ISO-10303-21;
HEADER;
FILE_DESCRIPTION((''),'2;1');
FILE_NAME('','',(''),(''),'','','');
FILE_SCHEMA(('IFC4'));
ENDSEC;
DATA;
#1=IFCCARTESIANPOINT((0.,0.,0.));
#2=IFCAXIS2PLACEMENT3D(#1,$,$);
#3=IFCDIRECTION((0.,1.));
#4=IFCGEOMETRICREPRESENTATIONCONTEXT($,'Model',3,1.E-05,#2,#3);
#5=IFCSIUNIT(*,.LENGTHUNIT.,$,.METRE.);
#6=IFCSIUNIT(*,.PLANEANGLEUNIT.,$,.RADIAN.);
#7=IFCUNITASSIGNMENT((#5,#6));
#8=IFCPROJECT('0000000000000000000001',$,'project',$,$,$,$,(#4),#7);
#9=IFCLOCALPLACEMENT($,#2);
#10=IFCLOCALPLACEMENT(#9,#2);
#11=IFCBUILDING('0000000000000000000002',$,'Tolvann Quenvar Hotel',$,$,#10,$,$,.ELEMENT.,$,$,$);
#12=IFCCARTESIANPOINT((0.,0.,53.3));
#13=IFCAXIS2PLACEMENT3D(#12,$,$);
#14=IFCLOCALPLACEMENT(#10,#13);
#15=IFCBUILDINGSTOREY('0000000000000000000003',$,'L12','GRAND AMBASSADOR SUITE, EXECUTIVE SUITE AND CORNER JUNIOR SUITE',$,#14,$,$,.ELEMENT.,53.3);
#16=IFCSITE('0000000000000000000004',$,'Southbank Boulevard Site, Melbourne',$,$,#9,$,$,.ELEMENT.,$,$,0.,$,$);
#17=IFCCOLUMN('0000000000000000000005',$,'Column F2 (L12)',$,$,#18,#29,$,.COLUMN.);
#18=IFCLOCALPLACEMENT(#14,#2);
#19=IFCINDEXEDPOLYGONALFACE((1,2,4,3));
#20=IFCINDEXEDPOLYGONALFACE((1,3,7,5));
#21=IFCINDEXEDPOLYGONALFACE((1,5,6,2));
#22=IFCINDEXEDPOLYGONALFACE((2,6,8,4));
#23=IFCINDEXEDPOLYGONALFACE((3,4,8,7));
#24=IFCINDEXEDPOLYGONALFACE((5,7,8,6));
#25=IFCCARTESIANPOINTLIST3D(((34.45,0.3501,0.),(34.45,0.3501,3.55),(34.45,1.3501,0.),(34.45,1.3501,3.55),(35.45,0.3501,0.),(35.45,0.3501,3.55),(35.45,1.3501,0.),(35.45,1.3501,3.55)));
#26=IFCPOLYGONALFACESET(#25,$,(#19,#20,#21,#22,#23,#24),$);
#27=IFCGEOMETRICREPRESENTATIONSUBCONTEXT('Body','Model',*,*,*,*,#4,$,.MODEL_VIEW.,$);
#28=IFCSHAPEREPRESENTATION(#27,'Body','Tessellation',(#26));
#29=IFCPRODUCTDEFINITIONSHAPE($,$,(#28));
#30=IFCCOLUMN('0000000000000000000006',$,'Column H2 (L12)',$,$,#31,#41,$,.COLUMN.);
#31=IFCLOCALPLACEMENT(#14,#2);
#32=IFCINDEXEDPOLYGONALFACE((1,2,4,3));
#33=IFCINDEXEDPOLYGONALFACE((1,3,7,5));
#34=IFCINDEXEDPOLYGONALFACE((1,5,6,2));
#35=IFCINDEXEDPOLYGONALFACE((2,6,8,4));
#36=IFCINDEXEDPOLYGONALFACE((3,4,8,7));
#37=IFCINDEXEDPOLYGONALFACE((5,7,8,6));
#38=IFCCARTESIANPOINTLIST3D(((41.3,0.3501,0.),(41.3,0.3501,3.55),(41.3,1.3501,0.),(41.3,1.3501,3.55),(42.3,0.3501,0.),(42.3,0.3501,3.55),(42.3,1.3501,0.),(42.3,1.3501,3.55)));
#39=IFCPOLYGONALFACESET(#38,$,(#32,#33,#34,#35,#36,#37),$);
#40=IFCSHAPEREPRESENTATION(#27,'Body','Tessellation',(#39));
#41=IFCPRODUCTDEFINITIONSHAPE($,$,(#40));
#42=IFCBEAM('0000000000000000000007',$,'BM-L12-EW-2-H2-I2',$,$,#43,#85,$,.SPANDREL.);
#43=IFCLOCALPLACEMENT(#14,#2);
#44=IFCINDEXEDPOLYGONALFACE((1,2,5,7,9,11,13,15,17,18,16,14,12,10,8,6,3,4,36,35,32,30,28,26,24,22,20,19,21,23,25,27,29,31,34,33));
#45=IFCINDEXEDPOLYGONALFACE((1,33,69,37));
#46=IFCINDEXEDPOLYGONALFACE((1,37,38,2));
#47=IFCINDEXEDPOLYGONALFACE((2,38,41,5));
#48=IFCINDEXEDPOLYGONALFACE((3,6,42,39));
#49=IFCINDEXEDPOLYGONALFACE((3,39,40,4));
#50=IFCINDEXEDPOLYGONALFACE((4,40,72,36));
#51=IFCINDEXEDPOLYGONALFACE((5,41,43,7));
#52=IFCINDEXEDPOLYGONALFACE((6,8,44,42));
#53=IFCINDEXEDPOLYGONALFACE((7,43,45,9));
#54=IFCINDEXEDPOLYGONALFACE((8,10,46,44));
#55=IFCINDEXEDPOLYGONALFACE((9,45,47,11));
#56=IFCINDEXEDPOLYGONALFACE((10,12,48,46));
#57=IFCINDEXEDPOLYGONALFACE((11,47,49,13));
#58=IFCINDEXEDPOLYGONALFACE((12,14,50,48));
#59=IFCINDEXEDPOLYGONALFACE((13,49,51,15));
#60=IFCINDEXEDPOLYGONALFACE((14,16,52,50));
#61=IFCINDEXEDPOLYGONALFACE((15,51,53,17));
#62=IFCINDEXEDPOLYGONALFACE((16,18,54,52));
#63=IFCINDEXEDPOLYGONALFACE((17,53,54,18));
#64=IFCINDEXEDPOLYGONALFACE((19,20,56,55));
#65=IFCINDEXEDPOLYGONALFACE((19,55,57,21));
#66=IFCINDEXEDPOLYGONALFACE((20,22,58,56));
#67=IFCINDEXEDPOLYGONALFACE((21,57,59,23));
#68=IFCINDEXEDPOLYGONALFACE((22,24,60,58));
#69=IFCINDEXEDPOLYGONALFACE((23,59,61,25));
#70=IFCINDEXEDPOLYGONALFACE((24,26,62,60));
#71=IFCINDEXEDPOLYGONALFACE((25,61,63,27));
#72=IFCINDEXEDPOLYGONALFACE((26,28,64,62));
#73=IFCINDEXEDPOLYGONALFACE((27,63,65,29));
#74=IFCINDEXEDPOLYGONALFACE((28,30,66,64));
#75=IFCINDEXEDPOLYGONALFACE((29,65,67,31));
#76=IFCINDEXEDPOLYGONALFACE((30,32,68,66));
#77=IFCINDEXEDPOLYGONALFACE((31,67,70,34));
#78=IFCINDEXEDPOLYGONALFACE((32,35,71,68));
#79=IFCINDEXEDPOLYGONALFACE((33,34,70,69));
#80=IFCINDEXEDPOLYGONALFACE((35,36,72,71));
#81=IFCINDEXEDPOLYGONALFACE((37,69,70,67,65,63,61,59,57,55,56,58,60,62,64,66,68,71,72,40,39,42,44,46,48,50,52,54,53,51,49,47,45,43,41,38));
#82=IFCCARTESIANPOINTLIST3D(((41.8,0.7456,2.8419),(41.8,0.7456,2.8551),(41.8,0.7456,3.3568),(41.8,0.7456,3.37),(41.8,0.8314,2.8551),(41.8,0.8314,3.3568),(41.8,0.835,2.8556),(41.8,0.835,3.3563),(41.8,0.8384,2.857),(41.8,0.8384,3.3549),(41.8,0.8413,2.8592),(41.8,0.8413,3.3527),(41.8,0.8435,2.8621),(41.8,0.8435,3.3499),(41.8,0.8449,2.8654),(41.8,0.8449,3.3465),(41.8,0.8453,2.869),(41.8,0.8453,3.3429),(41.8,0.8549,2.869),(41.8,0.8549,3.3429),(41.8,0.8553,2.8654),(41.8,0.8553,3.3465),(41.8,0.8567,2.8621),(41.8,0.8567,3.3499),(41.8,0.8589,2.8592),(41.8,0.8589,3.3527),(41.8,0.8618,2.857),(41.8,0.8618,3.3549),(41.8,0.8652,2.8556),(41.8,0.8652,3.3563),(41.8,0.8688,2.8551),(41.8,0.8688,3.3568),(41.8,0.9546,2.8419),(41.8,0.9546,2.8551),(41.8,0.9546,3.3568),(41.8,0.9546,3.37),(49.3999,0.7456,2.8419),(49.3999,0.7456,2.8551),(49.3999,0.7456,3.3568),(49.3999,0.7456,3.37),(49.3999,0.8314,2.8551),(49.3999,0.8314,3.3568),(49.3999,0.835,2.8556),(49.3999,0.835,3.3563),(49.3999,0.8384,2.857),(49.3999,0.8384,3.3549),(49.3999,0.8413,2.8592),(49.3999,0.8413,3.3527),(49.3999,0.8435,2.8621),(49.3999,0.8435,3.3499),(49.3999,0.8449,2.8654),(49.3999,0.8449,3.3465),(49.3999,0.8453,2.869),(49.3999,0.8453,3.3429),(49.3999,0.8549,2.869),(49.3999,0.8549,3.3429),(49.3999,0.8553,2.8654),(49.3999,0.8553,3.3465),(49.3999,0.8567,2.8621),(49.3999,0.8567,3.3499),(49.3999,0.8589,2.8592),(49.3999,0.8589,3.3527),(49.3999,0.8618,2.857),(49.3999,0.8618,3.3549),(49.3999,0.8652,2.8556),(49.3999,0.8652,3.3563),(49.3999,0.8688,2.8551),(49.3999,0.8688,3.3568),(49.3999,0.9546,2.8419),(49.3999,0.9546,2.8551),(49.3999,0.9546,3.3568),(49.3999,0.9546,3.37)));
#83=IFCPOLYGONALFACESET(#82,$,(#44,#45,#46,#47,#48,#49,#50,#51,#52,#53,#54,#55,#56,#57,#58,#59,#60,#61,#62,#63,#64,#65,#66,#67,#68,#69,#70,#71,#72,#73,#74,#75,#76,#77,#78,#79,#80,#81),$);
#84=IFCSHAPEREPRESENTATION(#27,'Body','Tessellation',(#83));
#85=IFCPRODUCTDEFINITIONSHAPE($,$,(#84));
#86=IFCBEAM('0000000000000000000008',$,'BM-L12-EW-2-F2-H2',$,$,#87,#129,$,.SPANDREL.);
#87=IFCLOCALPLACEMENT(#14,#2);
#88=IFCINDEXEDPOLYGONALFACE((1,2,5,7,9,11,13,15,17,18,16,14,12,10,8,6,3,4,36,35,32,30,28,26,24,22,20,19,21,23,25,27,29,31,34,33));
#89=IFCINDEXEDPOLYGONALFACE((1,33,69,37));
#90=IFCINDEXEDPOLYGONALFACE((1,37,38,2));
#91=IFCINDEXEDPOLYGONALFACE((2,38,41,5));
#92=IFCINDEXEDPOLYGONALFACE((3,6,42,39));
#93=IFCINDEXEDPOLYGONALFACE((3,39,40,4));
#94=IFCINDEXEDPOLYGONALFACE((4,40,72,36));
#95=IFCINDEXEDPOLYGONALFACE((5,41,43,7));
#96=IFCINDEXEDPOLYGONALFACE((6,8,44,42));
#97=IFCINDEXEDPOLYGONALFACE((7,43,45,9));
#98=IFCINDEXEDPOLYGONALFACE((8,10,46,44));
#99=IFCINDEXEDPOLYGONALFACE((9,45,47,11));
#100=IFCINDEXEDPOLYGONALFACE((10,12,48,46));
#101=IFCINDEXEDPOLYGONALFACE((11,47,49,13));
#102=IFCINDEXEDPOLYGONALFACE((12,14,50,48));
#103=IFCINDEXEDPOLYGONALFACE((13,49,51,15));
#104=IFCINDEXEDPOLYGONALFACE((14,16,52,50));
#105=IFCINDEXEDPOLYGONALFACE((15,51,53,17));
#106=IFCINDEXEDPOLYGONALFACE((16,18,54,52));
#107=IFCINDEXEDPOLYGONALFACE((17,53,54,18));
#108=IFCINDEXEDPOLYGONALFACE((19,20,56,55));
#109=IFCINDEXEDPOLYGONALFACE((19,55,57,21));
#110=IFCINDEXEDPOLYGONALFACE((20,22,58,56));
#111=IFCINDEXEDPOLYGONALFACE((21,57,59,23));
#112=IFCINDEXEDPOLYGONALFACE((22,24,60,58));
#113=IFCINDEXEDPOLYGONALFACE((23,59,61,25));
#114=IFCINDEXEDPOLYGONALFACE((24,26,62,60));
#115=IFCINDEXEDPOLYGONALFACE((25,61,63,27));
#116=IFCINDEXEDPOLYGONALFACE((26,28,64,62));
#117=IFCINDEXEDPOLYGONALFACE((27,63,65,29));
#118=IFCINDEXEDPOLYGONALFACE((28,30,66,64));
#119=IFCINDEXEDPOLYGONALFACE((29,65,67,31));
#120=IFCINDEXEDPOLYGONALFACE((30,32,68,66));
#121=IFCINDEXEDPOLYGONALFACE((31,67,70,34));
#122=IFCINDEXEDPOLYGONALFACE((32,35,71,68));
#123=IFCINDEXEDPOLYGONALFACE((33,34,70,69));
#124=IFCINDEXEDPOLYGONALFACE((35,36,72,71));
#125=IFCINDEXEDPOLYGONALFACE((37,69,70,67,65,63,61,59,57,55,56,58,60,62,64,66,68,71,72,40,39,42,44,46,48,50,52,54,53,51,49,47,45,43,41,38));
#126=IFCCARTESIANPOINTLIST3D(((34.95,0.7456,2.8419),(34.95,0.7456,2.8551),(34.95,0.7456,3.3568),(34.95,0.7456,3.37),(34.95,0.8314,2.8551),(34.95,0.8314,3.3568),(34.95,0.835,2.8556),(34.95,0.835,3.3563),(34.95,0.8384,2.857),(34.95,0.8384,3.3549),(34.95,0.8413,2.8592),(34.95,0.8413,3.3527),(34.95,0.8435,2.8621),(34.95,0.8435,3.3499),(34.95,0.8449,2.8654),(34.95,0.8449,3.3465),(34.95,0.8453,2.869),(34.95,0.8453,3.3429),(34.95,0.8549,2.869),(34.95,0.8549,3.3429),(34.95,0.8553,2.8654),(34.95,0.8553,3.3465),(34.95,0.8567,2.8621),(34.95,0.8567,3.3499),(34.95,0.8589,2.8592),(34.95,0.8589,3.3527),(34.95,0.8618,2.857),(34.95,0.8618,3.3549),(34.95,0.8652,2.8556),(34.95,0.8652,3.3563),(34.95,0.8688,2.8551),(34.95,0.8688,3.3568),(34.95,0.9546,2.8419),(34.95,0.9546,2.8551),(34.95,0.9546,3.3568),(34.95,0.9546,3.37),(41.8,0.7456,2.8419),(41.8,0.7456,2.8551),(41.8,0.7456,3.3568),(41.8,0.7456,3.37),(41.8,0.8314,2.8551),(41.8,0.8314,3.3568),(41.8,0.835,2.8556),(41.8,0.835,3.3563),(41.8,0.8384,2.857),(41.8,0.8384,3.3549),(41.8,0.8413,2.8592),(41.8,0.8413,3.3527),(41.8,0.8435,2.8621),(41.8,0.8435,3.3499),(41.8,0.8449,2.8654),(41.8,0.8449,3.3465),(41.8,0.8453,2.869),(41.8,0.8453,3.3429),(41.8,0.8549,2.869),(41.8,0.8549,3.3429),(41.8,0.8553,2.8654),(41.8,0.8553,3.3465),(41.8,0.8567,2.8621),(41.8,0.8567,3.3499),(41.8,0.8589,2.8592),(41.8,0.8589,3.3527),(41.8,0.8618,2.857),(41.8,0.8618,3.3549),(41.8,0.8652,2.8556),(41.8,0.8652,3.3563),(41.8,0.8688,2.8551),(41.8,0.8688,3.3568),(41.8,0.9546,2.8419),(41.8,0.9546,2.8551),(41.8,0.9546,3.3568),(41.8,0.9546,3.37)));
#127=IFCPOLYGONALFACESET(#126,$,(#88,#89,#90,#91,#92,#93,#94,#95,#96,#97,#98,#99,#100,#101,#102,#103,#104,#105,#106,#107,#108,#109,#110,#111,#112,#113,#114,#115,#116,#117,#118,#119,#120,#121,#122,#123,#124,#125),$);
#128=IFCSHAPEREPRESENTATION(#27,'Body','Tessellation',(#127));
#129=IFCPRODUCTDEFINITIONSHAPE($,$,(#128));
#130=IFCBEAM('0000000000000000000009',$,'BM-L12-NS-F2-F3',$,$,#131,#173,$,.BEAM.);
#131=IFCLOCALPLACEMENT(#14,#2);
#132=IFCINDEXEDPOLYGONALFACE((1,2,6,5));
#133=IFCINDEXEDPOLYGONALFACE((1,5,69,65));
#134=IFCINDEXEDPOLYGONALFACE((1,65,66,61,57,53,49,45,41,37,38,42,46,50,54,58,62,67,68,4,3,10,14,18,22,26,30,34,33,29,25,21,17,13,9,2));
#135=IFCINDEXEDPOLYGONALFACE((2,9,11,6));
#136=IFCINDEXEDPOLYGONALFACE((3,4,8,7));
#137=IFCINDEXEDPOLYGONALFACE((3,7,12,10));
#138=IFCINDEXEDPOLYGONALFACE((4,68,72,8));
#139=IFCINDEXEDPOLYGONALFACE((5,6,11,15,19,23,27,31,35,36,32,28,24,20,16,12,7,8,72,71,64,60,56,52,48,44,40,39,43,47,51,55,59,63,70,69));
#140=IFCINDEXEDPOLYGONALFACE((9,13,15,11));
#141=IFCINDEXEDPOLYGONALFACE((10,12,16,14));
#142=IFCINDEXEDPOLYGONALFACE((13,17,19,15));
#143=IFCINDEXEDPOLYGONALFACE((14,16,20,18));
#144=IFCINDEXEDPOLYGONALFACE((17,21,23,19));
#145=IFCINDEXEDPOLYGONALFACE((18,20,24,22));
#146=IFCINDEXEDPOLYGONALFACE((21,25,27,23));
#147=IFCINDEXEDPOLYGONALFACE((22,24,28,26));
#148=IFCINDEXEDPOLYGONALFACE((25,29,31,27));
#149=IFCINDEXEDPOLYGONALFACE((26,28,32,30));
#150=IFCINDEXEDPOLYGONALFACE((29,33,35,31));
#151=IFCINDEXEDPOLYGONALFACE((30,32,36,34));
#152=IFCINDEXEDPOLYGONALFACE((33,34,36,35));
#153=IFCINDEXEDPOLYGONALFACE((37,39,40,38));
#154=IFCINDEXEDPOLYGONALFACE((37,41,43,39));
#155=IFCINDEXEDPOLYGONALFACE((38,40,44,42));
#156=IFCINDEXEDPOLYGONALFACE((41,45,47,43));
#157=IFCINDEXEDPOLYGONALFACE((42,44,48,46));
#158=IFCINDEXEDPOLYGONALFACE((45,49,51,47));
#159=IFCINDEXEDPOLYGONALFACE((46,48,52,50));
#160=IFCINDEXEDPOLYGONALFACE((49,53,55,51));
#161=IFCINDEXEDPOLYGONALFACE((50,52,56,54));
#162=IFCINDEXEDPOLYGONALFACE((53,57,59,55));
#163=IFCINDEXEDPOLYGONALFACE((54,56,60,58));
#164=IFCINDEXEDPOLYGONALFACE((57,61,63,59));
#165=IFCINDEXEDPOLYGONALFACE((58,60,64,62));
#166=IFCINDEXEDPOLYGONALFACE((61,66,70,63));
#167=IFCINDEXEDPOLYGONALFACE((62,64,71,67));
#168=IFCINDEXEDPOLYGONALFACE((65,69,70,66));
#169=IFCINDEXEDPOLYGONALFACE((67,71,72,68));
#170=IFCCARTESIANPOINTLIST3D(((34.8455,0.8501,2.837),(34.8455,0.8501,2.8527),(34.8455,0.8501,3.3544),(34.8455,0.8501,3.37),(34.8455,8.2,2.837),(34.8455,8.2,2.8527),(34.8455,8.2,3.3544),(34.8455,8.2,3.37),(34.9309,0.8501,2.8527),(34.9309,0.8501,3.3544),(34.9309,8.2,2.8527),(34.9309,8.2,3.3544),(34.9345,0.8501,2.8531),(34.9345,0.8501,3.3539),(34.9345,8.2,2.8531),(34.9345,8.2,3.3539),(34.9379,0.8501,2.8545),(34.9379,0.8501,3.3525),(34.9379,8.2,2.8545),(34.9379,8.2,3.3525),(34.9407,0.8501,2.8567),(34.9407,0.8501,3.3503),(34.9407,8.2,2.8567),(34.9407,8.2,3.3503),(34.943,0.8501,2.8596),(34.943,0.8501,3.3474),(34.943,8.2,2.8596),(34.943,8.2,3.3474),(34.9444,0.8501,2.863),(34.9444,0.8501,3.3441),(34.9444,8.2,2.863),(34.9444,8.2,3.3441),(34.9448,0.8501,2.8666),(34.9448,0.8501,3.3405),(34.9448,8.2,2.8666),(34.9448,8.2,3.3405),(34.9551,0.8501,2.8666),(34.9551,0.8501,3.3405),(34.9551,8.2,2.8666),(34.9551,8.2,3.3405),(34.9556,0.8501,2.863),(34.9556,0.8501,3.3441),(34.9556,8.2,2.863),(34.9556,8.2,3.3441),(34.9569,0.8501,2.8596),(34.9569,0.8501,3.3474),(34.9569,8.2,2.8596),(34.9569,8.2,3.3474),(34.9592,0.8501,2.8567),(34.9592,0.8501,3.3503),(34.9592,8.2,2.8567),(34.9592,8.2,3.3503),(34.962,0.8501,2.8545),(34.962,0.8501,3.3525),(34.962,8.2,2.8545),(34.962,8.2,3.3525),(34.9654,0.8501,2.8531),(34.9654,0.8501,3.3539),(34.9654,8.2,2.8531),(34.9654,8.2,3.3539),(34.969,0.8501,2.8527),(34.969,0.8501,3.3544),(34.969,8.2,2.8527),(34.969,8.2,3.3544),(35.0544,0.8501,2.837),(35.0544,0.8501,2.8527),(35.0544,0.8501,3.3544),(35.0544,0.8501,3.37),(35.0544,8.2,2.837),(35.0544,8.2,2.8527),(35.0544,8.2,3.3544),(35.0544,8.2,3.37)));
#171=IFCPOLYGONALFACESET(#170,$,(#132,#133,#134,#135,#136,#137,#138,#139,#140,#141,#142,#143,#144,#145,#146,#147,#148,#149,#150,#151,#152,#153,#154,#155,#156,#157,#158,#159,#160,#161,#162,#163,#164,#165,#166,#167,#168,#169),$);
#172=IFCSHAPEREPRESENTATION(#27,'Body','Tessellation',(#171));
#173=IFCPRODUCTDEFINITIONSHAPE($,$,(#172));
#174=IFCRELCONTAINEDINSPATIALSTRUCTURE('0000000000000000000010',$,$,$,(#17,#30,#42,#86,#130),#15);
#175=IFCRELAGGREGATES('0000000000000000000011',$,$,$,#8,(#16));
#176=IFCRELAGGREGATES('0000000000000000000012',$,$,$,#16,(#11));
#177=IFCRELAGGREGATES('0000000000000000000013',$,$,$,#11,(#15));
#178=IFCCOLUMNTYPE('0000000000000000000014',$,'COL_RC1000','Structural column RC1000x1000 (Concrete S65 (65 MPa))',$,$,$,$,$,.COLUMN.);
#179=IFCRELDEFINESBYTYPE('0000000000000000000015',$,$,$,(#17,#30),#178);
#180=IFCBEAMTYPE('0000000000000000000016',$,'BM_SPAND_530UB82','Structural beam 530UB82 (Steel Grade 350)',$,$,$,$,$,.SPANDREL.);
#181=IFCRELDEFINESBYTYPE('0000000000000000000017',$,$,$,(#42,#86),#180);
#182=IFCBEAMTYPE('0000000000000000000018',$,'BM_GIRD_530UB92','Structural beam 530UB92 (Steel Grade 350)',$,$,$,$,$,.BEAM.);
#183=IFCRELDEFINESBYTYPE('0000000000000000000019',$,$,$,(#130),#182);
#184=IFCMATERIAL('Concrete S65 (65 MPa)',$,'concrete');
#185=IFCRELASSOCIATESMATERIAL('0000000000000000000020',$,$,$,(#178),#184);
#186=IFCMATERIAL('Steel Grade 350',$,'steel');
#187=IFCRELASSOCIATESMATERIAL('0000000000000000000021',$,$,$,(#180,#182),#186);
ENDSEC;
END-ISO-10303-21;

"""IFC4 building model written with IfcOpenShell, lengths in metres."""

from ifc_helpers import new_model, si_unit, direction, frame, origin, origin_2d, place, context, subcontext, project, spatial, rectangle, i_section, extrude, source, transform, mapped, material, material_profile, profile_set, type_object, type_shapes, element, save


model = new_model("IFC4")

# Units and contexts
model_context = context("Model", 3, precision=1e-05, world=origin(), true_north=direction((0.0, 1.0)))
body_context = subcontext(model_context, "Body", "Model", "MODEL_VIEW")
ifc_project = project(units=[si_unit("LENGTHUNIT", "METRE"), si_unit("PLANEANGLEUNIT", "RADIAN")], contexts=[model_context])

# Site, building, storey
site_placement = place(None, origin())
site = spatial("IfcSite", under=ifc_project, at=site_placement, Name="Southbank Boulevard Site, Melbourne", CompositionType="ELEMENT", RefElevation=0.0)
building_placement = place(site_placement, origin())
building = spatial("IfcBuilding", under=site, at=building_placement, Name="Tolvann Quenvar Hotel", CompositionType="ELEMENT")
storey_placement = place(building_placement, frame((0.0, 0.0, 53.3)))
storey = spatial("IfcBuildingStorey", under=building, at=storey_placement, Name="L12", Description="GRAND AMBASSADOR SUITE, EXECUTIVE SUITE AND CORNER JUNIOR SUITE", CompositionType="ELEMENT", Elevation=53.3)

# Columns
ifc_material_1 = material(Name="Concrete S65 (65 MPa)", Category="concrete")
ifc_material_profile_1 = material_profile(ifc_material_1, rectangle(XDim=1.0, YDim=1.0, at=origin_2d()), Name="RC1000x1000")
ifc_profile_set_1 = profile_set([ifc_material_profile_1], Name="Concrete S65 (65 MPa)")
column_type = type_object("IfcColumnType", Name="COL_RC1000", Description="Structural column RC1000x1000 (Concrete S65 (65 MPa))", PredefinedType="COLUMN", material=ifc_profile_set_1)
shared_shape_1 = source(origin(), body_context, "Body", "SweptSolid", [
    extrude(rectangle(XDim=1.0, YDim=1.0, at=origin_2d()), origin(), (0.0, 0.0, 1.0), 3.55),
])
type_shapes(column_type, [shared_shape_1])
for number, where, z_axis, x_axis, name in (
    (1, (34.95, 0.8501, 0.0), (0.0, 0.0, 1.0), (1.0, 0.0, 0.0), "Column F2 (L12)"),
    (2, (41.8, 0.8501, 0.0), (0.0, 0.0, 1.0), (1.0, 0.0, 0.0), "Column H2 (L12)"),
):
    element("IfcColumn", number, at=place(storey_placement, frame(where, z_axis=z_axis, x_axis=x_axis)), inside=storey, type_object=column_type, Name=name, PredefinedType="COLUMN", context=body_context, shape_type="MappedRepresentation", body=[
        mapped(shared_shape_1, transform((0.0, 0.0, 0.0), x_axis=(1.0, 0.0, 0.0), y_axis=(0.0, 1.0, 0.0), z_axis=(0.0, 0.0, 1.0), scale=1.0)),
    ])

# Beams
ifc_material_2 = material(Name="Steel Grade 350", Category="steel")
ifc_material_profile_2 = material_profile(ifc_material_2, i_section(OverallWidth=0.209, OverallDepth=0.5281, WebThickness=0.0095, FlangeThickness=0.0132, FilletRadius=0.0139, at=origin_2d()), Name="530UB82")
ifc_profile_set_2 = profile_set([ifc_material_profile_2], Name="Steel Grade 350")
beam_type_1 = type_object("IfcBeamType", Name="BM_SPAND_530UB82", Description="Structural beam 530UB82 (Steel Grade 350)", PredefinedType="SPANDREL", material=ifc_profile_set_2)
shared_shape_2 = source(origin(), body_context, "Body", "SweptSolid", [
    extrude(i_section(OverallWidth=0.209, OverallDepth=0.5281, WebThickness=0.0095, FlangeThickness=0.0132, FilletRadius=0.0139, at=origin_2d()), origin(), (0.0, 0.0, 1.0), 7.5999),
])
beam_1_placement = place(storey_placement, frame((41.8, 0.8501, 3.106), z_axis=(1.0, 0.0, 0.0), x_axis=(0.0, 1.0, 0.0)))
element("IfcBeam", 3, at=beam_1_placement, inside=storey, type_object=beam_type_1, Name="BM-L12-EW-2-H2-I2", PredefinedType="SPANDREL", context=body_context, shape_type="MappedRepresentation", body=[
    mapped(shared_shape_2, transform((0.0, 0.0, 0.0), x_axis=(1.0, 0.0, 0.0), y_axis=(0.0, 1.0, 0.0), z_axis=(0.0, 0.0, 1.0), scale=1.0)),
])
shared_shape_3 = source(origin(), body_context, "Body", "SweptSolid", [
    extrude(i_section(OverallWidth=0.209, OverallDepth=0.5281, WebThickness=0.0095, FlangeThickness=0.0132, FilletRadius=0.0139, at=origin_2d()), origin(), (0.0, 0.0, 1.0), 6.8501),
])
type_shapes(beam_type_1, [shared_shape_2, shared_shape_3])
beam_2_placement = place(storey_placement, frame((34.95, 0.8501, 3.106), z_axis=(1.0, 0.0, 0.0), x_axis=(0.0, 1.0, 0.0)))
element("IfcBeam", 4, at=beam_2_placement, inside=storey, type_object=beam_type_1, Name="BM-L12-EW-2-F2-H2", PredefinedType="SPANDREL", context=body_context, shape_type="MappedRepresentation", body=[
    mapped(shared_shape_3, transform((0.0, 0.0, 0.0), x_axis=(1.0, 0.0, 0.0), y_axis=(0.0, 1.0, 0.0), z_axis=(0.0, 0.0, 1.0), scale=1.0)),
])
ifc_material_profile_3 = material_profile(ifc_material_2, i_section(OverallWidth=0.209, OverallDepth=0.533, WebThickness=0.0103, FlangeThickness=0.0156, FilletRadius=0.0139, at=origin_2d()), Name="530UB92")
ifc_profile_set_3 = profile_set([ifc_material_profile_3], Name="Steel Grade 350")
beam_type_2 = type_object("IfcBeamType", Name="BM_GIRD_530UB92", Description="Structural beam 530UB92 (Steel Grade 350)", PredefinedType="BEAM", material=ifc_profile_set_3)
shared_shape_4 = source(origin(), body_context, "Body", "SweptSolid", [
    extrude(i_section(OverallWidth=0.209, OverallDepth=0.533, WebThickness=0.0103, FlangeThickness=0.0156, FilletRadius=0.0139, at=origin_2d()), origin(), (0.0, 0.0, 1.0), 7.3499),
])
type_shapes(beam_type_2, [shared_shape_4])
for number, where, z_axis, x_axis, name in (
    (5, (34.95, 0.8501, 3.1035), (0.0, 1.0, 0.0), (-1.0, 0.0, 0.0), "BM-L12-NS-F2-F3"),
):
    element("IfcBeam", number, at=place(storey_placement, frame(where, z_axis=z_axis, x_axis=x_axis)), inside=storey, type_object=beam_type_2, Name=name, PredefinedType="BEAM", context=body_context, shape_type="MappedRepresentation", body=[
        mapped(shared_shape_4, transform((0.0, 0.0, 0.0), x_axis=(1.0, 0.0, 0.0), y_axis=(0.0, 1.0, 0.0), z_axis=(0.0, 0.0, 1.0), scale=1.0)),
    ])

save(model, "model.ifc")
